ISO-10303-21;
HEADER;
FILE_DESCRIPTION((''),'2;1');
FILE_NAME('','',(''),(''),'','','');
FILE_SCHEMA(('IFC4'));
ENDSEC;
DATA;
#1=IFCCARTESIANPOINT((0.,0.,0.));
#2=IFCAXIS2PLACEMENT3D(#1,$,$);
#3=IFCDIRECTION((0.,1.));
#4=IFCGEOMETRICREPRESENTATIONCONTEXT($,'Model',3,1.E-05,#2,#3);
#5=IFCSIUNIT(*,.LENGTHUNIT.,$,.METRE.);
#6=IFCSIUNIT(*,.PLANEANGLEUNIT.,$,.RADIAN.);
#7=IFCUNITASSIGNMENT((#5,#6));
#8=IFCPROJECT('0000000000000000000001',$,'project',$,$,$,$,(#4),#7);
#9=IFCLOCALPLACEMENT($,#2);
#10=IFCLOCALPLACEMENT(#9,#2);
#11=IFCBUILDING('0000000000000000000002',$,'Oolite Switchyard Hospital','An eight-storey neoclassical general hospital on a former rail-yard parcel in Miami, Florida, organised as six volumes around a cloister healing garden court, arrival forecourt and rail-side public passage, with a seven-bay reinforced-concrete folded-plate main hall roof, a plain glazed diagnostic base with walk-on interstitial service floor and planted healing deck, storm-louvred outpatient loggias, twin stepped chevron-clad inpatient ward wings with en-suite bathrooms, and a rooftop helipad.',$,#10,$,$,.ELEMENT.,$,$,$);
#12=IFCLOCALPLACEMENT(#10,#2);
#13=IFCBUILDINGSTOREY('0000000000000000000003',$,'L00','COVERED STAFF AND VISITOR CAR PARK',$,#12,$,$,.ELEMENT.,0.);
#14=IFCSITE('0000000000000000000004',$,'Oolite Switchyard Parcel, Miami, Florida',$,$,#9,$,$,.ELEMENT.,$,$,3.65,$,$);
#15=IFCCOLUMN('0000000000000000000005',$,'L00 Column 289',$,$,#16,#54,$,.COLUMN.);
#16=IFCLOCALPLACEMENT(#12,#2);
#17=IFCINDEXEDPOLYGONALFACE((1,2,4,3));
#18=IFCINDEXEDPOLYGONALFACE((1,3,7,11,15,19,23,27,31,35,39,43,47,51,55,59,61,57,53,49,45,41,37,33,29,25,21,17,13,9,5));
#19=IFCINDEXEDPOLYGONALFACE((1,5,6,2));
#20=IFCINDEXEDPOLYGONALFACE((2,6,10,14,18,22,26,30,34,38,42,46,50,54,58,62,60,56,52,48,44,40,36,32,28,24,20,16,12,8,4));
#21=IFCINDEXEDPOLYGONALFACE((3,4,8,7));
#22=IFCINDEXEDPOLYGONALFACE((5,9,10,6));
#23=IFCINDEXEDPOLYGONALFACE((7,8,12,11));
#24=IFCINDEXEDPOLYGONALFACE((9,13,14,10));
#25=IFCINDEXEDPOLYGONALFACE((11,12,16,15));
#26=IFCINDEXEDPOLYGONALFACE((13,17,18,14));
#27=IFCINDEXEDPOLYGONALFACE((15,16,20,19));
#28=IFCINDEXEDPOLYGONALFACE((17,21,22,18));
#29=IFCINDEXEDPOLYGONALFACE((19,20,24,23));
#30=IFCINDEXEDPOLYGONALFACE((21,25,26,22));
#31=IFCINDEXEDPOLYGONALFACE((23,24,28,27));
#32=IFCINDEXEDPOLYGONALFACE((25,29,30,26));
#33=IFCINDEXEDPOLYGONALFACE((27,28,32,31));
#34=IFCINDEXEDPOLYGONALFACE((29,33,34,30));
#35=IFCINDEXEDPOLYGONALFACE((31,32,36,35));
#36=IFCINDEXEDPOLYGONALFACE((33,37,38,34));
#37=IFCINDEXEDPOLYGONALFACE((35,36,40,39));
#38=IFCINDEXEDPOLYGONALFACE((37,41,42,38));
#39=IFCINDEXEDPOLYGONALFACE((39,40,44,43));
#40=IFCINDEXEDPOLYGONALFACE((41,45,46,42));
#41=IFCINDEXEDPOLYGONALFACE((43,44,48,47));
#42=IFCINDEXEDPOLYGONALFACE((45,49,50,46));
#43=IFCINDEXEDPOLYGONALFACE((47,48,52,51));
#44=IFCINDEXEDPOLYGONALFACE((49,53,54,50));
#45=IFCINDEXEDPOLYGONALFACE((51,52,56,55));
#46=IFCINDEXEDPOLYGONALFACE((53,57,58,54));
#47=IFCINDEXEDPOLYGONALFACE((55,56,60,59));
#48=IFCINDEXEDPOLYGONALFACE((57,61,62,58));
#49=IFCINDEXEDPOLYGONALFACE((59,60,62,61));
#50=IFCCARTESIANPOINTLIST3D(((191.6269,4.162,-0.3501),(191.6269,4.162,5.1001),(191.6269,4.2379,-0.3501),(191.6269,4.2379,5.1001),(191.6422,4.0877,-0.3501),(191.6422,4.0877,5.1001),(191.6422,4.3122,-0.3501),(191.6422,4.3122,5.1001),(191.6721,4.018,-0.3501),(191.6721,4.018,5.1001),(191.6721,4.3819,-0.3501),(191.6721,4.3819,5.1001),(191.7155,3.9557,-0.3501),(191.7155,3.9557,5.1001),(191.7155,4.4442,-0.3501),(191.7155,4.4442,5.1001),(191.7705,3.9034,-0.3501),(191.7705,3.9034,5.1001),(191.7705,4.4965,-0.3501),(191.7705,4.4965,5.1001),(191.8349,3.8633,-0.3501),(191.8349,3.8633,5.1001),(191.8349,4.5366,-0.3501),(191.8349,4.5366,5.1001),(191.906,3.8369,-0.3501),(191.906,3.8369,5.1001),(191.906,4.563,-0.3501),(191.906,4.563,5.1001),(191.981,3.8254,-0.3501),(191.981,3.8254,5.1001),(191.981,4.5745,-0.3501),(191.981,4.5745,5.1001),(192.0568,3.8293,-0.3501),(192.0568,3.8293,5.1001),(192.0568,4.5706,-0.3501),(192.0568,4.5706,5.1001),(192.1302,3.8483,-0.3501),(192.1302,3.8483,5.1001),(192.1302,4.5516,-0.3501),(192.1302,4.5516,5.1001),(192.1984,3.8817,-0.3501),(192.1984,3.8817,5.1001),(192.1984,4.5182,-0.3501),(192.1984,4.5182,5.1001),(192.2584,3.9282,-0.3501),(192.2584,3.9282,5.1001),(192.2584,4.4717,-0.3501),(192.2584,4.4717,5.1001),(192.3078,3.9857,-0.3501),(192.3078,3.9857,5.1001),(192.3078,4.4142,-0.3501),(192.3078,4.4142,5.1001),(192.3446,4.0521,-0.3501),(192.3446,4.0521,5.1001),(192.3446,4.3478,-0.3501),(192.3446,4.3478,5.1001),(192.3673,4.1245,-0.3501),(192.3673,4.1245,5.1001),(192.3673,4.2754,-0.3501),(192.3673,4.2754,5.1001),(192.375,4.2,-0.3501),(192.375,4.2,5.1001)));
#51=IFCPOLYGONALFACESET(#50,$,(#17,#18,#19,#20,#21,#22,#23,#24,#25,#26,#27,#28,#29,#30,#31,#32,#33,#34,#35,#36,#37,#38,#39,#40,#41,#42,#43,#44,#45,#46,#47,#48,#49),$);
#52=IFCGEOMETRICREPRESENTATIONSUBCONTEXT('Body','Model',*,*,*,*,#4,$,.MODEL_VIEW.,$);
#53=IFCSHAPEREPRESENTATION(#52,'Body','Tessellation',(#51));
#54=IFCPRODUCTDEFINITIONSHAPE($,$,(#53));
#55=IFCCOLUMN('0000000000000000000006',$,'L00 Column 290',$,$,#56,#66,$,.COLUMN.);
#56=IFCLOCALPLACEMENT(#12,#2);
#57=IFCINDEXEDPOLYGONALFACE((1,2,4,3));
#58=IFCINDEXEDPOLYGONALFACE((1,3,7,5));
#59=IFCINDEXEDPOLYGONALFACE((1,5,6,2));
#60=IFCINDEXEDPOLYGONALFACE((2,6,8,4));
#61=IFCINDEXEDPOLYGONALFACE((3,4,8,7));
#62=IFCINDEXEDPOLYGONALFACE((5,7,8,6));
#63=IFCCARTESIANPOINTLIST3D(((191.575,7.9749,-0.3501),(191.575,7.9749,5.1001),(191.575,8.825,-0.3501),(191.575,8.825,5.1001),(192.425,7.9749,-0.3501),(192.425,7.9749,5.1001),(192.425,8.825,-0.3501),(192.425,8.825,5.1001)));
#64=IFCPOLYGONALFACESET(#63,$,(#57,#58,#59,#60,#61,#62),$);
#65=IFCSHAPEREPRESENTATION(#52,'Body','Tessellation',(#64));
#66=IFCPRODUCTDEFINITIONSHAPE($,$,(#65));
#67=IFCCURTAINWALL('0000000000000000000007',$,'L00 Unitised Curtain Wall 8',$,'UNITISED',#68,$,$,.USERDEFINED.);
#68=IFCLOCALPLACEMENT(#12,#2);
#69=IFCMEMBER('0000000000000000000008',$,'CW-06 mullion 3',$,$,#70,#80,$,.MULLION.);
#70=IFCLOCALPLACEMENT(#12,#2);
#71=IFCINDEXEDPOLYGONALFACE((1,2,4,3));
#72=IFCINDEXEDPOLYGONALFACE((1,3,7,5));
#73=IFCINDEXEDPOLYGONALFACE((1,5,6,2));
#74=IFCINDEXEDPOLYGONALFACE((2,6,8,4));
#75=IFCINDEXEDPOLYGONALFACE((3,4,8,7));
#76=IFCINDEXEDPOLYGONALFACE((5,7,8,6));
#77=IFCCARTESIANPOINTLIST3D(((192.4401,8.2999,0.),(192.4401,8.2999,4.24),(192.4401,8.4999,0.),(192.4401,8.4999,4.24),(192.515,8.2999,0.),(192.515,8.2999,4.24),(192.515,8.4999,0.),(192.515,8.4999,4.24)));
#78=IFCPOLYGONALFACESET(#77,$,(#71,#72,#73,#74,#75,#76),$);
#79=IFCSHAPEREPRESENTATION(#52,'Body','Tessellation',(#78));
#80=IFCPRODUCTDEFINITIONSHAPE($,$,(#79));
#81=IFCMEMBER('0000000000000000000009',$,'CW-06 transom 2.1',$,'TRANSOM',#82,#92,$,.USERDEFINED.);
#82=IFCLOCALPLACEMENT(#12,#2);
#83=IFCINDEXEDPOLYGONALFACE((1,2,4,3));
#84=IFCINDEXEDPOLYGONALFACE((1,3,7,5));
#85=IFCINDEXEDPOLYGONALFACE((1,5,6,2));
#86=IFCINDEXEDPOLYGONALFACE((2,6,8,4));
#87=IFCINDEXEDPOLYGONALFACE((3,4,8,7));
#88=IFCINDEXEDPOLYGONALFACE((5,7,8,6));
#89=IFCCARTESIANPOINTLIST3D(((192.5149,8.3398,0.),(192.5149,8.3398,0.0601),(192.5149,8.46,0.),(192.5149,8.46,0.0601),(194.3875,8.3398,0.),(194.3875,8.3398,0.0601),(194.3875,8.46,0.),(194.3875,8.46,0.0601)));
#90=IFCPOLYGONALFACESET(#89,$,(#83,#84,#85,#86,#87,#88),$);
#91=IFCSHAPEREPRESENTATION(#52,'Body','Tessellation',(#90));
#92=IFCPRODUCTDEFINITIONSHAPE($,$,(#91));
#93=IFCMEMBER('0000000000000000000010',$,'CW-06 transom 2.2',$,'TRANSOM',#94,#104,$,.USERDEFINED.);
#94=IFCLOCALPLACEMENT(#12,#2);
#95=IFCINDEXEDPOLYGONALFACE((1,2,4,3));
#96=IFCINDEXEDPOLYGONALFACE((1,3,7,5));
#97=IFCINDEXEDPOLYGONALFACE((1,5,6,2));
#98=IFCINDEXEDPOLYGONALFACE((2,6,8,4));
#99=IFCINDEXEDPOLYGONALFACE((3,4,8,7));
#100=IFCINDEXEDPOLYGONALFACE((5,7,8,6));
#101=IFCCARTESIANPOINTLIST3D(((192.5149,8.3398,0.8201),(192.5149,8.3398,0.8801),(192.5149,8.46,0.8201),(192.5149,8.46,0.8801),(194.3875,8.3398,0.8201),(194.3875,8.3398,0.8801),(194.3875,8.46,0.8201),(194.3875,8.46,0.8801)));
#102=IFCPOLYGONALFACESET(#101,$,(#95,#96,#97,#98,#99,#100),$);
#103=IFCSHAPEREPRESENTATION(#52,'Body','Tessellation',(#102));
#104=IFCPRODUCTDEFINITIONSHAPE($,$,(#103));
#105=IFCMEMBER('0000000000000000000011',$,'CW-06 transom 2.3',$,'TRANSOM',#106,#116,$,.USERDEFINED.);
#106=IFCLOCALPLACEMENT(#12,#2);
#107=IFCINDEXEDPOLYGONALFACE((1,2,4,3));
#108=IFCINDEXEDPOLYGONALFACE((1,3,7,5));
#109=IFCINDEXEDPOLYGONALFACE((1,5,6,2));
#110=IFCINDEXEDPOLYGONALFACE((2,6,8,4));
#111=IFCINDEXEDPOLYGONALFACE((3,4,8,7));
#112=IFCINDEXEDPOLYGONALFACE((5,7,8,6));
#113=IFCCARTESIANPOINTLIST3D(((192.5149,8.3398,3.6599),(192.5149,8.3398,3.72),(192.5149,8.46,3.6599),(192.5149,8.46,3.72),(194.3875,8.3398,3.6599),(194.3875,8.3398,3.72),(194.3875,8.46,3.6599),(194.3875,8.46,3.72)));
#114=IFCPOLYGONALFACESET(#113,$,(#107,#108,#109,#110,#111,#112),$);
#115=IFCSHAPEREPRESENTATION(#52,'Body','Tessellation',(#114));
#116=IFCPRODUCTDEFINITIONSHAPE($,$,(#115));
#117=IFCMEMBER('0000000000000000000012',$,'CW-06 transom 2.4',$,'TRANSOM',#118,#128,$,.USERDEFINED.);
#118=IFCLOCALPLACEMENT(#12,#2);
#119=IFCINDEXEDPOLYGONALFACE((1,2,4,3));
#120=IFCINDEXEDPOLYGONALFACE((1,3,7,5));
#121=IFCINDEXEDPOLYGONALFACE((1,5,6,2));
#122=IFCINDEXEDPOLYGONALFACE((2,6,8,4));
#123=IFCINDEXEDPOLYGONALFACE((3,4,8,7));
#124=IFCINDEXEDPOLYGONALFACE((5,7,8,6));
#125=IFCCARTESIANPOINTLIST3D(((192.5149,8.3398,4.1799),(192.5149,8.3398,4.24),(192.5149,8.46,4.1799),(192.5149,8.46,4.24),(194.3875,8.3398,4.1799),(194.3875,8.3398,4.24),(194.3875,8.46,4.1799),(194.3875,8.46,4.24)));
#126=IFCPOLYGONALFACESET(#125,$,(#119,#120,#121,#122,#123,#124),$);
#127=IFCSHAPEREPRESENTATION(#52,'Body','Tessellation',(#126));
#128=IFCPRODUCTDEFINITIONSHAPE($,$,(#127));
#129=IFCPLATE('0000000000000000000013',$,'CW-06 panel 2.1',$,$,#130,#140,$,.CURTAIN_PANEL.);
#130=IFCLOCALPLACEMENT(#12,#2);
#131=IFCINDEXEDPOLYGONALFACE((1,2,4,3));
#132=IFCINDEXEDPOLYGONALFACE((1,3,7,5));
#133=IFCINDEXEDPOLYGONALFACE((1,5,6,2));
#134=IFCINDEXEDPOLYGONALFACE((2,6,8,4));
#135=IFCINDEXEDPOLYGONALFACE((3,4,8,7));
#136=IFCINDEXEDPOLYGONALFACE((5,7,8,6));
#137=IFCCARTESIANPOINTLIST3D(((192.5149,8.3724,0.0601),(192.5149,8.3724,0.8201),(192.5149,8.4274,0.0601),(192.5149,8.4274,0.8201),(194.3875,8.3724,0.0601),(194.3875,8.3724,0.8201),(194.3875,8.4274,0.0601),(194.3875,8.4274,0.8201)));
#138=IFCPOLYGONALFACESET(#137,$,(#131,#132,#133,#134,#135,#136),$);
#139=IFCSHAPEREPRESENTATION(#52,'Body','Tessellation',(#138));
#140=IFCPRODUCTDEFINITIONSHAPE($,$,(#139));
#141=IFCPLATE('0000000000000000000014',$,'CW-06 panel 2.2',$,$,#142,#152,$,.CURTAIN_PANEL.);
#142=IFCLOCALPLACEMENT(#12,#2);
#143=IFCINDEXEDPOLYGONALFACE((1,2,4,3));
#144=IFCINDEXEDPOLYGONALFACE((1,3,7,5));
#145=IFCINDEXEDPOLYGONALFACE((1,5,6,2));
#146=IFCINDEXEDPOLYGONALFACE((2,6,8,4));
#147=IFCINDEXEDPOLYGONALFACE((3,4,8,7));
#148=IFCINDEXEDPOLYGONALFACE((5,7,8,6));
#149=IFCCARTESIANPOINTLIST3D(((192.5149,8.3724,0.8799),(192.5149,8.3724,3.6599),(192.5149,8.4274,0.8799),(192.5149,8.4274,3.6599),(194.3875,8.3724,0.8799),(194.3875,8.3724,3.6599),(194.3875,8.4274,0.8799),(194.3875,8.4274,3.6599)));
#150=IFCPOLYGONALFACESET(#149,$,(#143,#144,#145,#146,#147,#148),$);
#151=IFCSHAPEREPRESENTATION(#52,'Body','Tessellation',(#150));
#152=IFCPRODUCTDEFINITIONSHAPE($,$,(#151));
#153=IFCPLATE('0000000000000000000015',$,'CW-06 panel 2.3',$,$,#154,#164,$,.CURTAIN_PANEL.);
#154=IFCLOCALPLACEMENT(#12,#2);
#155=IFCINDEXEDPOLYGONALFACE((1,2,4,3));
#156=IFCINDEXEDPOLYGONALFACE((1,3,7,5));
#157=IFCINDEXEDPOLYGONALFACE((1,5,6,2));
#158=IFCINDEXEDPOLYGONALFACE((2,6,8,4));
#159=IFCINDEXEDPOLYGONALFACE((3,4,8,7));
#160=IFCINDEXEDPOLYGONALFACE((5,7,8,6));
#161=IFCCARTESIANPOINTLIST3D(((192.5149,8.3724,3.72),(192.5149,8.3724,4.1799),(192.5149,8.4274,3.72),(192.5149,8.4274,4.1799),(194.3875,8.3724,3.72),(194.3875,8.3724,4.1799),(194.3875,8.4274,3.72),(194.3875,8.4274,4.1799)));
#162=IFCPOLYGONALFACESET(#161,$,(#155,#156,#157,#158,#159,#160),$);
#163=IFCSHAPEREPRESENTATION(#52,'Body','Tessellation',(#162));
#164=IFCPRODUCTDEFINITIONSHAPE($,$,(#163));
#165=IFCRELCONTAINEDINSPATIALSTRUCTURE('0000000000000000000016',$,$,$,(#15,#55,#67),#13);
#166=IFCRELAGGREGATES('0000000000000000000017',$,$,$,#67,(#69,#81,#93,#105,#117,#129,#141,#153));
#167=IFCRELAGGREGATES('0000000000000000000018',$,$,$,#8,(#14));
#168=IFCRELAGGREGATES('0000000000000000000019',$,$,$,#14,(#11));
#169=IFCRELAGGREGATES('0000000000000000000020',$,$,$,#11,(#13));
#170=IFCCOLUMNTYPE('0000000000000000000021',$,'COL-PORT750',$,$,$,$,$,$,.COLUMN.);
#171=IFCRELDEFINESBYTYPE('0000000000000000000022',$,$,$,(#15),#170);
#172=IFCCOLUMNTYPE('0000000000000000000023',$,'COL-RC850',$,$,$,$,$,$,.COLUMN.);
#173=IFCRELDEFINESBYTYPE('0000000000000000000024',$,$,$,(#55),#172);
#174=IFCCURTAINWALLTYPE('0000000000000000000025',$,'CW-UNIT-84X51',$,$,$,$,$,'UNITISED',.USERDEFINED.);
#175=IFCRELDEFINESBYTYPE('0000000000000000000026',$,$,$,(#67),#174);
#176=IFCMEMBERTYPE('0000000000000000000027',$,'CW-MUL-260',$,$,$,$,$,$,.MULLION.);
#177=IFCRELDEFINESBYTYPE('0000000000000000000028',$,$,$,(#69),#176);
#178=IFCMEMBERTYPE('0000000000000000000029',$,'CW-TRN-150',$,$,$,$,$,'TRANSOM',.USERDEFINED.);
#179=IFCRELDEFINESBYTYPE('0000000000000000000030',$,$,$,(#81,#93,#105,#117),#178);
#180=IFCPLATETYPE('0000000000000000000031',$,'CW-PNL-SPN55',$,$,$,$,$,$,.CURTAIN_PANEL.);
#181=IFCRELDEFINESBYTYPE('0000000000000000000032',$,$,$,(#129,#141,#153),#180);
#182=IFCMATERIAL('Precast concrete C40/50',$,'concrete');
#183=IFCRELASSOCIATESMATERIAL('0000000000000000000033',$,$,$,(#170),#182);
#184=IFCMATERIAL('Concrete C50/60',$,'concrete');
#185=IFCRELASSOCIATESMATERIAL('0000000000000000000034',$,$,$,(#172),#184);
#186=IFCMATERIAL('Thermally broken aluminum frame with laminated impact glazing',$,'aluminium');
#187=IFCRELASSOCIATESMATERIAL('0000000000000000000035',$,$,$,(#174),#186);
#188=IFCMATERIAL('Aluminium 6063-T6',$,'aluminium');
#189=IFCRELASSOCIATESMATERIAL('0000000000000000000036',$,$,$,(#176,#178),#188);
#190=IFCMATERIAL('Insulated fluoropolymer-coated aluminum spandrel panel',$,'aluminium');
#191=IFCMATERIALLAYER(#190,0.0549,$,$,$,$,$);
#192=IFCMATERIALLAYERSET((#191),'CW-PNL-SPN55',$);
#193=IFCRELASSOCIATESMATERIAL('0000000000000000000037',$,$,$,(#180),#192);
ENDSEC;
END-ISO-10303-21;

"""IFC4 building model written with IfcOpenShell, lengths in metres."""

from ifc_helpers import new_model, si_unit, direction, frame, origin, origin_2d, place, context, subcontext, project, spatial, rectangle, circle, extrude, material, layer, layer_set, material_profile, profile_set, type_object, element, aggregate, save


model = new_model("IFC4")

# Units and contexts
model_context = context("Model", 3, precision=1e-05, world=origin(), true_north=direction((0.0, 1.0)))
body_context = subcontext(model_context, "Body", "Model", "MODEL_VIEW")
ifc_project = project(units=[si_unit("LENGTHUNIT", "METRE"), si_unit("PLANEANGLEUNIT", "RADIAN")], contexts=[model_context])

# Site, building, storey
site_placement = place(None, origin())
site = spatial("IfcSite", under=ifc_project, at=site_placement, Name="Oolite Switchyard Parcel, Miami, Florida", CompositionType="ELEMENT", RefElevation=3.65)
building_placement = place(site_placement, origin())
building = spatial("IfcBuilding", under=site, at=building_placement, Name="Oolite Switchyard Hospital", Description="An eight-storey neoclassical general hospital on a former rail-yard parcel in Miami, Florida, organised as six volumes around a cloister healing garden court, arrival forecourt and rail-side public passage, with a seven-bay reinforced-concrete folded-plate main hall roof, a plain glazed diagnostic base with walk-on interstitial service floor and planted healing deck, storm-louvred outpatient loggias, twin stepped chevron-clad inpatient ward wings with en-suite bathrooms, and a rooftop helipad.", CompositionType="ELEMENT")
storey_placement = place(building_placement, origin())
storey = spatial("IfcBuildingStorey", under=building, at=storey_placement, Name="L00", Description="COVERED STAFF AND VISITOR CAR PARK", CompositionType="ELEMENT", Elevation=0.0)

# Columns
ifc_material_1 = material(Name="Precast concrete C40/50", Category="concrete")
ifc_material_profile_1 = material_profile(ifc_material_1, circle(Radius=0.375, at=origin_2d()), Name="RCCOL750")
ifc_profile_set_1 = profile_set([ifc_material_profile_1], Name="Precast concrete C40/50")
column_type_1 = type_object("IfcColumnType", Name="COL-PORT750", PredefinedType="COLUMN", material=ifc_profile_set_1)
column_1_placement = place(storey_placement, frame((192.0, 4.2, -0.3501), z_axis=(0.0, 0.0, 1.0), x_axis=(1.0, 0.0, 0.0)))
element("IfcColumn", 1, at=column_1_placement, inside=storey, type_object=column_type_1, Name="L00 Column 289", PredefinedType="COLUMN", context=body_context, shape_type="SweptSolid", body=[
    extrude(circle(Radius=0.375, at=origin_2d()), origin(), (0.0, 0.0, 1.0), 5.4502),
])
ifc_material_2 = material(Name="Concrete C50/60", Category="concrete")
ifc_material_profile_2 = material_profile(ifc_material_2, rectangle(XDim=0.8501, YDim=0.8501, at=origin_2d()), Name="RC850X850")
ifc_profile_set_2 = profile_set([ifc_material_profile_2], Name="Concrete C50/60")
column_type_2 = type_object("IfcColumnType", Name="COL-RC850", PredefinedType="COLUMN", material=ifc_profile_set_2)
column_2_placement = place(storey_placement, frame((192.0, 8.3999, -0.3501), z_axis=(0.0, 0.0, 1.0), x_axis=(1.0, 0.0, 0.0)))
element("IfcColumn", 2, at=column_2_placement, inside=storey, type_object=column_type_2, Name="L00 Column 290", PredefinedType="COLUMN", context=body_context, shape_type="SweptSolid", body=[
    extrude(rectangle(XDim=0.8501, YDim=0.8501, at=origin_2d()), origin(), (0.0, 0.0, 1.0), 5.4502),
])

# Curtain wall, members, plates
ifc_material_3 = material(Name="Thermally broken aluminum frame with laminated impact glazing", Category="aluminium")
curtain_wall_type = type_object("IfcCurtainWallType", Name="CW-UNIT-84X51", ElementType="UNITISED", PredefinedType="USERDEFINED", material=ifc_material_3)
curtain_wall_placement = place(storey_placement, origin())
curtain_wall = element("IfcCurtainWall", 3, at=curtain_wall_placement, inside=storey, type_object=curtain_wall_type, Name="L00 Unitised Curtain Wall 8", ObjectType="UNITISED", PredefinedType="USERDEFINED")
ifc_material_4 = material(Name="Aluminium 6063-T6", Category="aluminium")
ifc_material_profile_3 = material_profile(ifc_material_4, rectangle(XDim=0.2, YDim=0.075, at=origin_2d()), Name="CWM75X200")
ifc_profile_set_3 = profile_set([ifc_material_profile_3], Name="Aluminium 6063-T6")
member_type_1 = type_object("IfcMemberType", Name="CW-MUL-260", PredefinedType="MULLION", material=ifc_profile_set_3)
member_1_placement = place(storey_placement, frame((192.4775, 8.3999, 0.0), z_axis=(0.0, 0.0, 1.0), x_axis=(0.0, -1.0, 0.0)))
member_1 = element("IfcMember", 4, at=member_1_placement, type_object=member_type_1, Name="CW-06 mullion 3", PredefinedType="MULLION", context=body_context, shape_type="SweptSolid", body=[
    extrude(rectangle(XDim=0.2, YDim=0.075, at=origin_2d()), origin(), (0.0, 0.0, 1.0), 4.24),
])
ifc_material_profile_4 = material_profile(ifc_material_4, rectangle(XDim=0.1201, YDim=0.0601, at=origin_2d()), Name="CWT60X120")
ifc_profile_set_4 = profile_set([ifc_material_profile_4], Name="Aluminium 6063-T6")
member_type_2 = type_object("IfcMemberType", Name="CW-TRN-150", ElementType="TRANSOM", PredefinedType="USERDEFINED", material=ifc_profile_set_4)
member_2_placement = place(storey_placement, frame((194.3875, 8.3999, 0.03), z_axis=(-1.0, 0.0, 0.0), x_axis=(0.0, -1.0, 0.0)))
member_2 = element("IfcMember", 5, at=member_2_placement, type_object=member_type_2, Name="CW-06 transom 2.1", ObjectType="TRANSOM", PredefinedType="USERDEFINED", context=body_context, shape_type="SweptSolid", body=[
    extrude(rectangle(XDim=0.1201, YDim=0.0601, at=origin_2d()), origin(), (0.0, 0.0, 1.0), 1.8726),
])
member_3_placement = place(storey_placement, frame((194.3875, 8.3999, 0.8501), z_axis=(-1.0, 0.0, 0.0), x_axis=(0.0, -1.0, 0.0)))
member_3 = element("IfcMember", 6, at=member_3_placement, type_object=member_type_2, Name="CW-06 transom 2.2", ObjectType="TRANSOM", PredefinedType="USERDEFINED", context=body_context, shape_type="SweptSolid", body=[
    extrude(rectangle(XDim=0.1201, YDim=0.0601, at=origin_2d()), origin(), (0.0, 0.0, 1.0), 1.8726),
])
member_4_placement = place(storey_placement, frame((194.3875, 8.3999, 3.6899), z_axis=(-1.0, 0.0, 0.0), x_axis=(0.0, -1.0, 0.0)))
member_4 = element("IfcMember", 7, at=member_4_placement, type_object=member_type_2, Name="CW-06 transom 2.3", ObjectType="TRANSOM", PredefinedType="USERDEFINED", context=body_context, shape_type="SweptSolid", body=[
    extrude(rectangle(XDim=0.1201, YDim=0.0601, at=origin_2d()), origin(), (0.0, 0.0, 1.0), 1.8726),
])
member_5_placement = place(storey_placement, frame((194.3875, 8.3999, 4.21), z_axis=(-1.0, 0.0, 0.0), x_axis=(0.0, -1.0, 0.0)))
member_5 = element("IfcMember", 8, at=member_5_placement, type_object=member_type_2, Name="CW-06 transom 2.4", ObjectType="TRANSOM", PredefinedType="USERDEFINED", context=body_context, shape_type="SweptSolid", body=[
    extrude(rectangle(XDim=0.1201, YDim=0.0601, at=origin_2d()), origin(), (0.0, 0.0, 1.0), 1.8726),
])
ifc_material_5 = material(Name="Insulated fluoropolymer-coated aluminum spandrel panel", Category="aluminium")
ifc_layer_1 = layer(ifc_material_5, 0.0549)
ifc_layer_set_1 = layer_set([ifc_layer_1], Name="CW-PNL-SPN55")
plate_type = type_object("IfcPlateType", Name="CW-PNL-SPN55", PredefinedType="CURTAIN_PANEL", material=ifc_layer_set_1)
plate_1_placement = place(storey_placement, frame((193.4512, 8.3999, 0.0601), z_axis=(0.0, 0.0, 1.0), x_axis=(-1.0, 0.0, 0.0)))
plate_1 = element("IfcPlate", 9, at=plate_1_placement, type_object=plate_type, Name="CW-06 panel 2.1", PredefinedType="CURTAIN_PANEL", context=body_context, shape_type="SweptSolid", body=[
    extrude(rectangle(XDim=1.8726, YDim=0.0549, at=origin_2d()), origin(), (0.0, 0.0, 1.0), 0.76),
])
plate_2_placement = place(storey_placement, frame((193.4512, 8.3999, 0.8799), z_axis=(0.0, 0.0, 1.0), x_axis=(-1.0, 0.0, 0.0)))
plate_2 = element("IfcPlate", 10, at=plate_2_placement, type_object=plate_type, Name="CW-06 panel 2.2", PredefinedType="CURTAIN_PANEL", context=body_context, shape_type="SweptSolid", body=[
    extrude(rectangle(XDim=1.8726, YDim=0.0549, at=origin_2d()), origin(), (0.0, 0.0, 1.0), 2.78),
])
plate_3_placement = place(storey_placement, frame((193.4512, 8.3999, 3.72), z_axis=(0.0, 0.0, 1.0), x_axis=(-1.0, 0.0, 0.0)))
plate_3 = element("IfcPlate", 11, at=plate_3_placement, type_object=plate_type, Name="CW-06 panel 2.3", PredefinedType="CURTAIN_PANEL", context=body_context, shape_type="SweptSolid", body=[
    extrude(rectangle(XDim=1.8726, YDim=0.0549, at=origin_2d()), origin(), (0.0, 0.0, 1.0), 0.46),
])
aggregate(curtain_wall, [member_1, member_2, member_3, member_4, member_5, plate_1, plate_2, plate_3])

save(model, "model.ifc")
